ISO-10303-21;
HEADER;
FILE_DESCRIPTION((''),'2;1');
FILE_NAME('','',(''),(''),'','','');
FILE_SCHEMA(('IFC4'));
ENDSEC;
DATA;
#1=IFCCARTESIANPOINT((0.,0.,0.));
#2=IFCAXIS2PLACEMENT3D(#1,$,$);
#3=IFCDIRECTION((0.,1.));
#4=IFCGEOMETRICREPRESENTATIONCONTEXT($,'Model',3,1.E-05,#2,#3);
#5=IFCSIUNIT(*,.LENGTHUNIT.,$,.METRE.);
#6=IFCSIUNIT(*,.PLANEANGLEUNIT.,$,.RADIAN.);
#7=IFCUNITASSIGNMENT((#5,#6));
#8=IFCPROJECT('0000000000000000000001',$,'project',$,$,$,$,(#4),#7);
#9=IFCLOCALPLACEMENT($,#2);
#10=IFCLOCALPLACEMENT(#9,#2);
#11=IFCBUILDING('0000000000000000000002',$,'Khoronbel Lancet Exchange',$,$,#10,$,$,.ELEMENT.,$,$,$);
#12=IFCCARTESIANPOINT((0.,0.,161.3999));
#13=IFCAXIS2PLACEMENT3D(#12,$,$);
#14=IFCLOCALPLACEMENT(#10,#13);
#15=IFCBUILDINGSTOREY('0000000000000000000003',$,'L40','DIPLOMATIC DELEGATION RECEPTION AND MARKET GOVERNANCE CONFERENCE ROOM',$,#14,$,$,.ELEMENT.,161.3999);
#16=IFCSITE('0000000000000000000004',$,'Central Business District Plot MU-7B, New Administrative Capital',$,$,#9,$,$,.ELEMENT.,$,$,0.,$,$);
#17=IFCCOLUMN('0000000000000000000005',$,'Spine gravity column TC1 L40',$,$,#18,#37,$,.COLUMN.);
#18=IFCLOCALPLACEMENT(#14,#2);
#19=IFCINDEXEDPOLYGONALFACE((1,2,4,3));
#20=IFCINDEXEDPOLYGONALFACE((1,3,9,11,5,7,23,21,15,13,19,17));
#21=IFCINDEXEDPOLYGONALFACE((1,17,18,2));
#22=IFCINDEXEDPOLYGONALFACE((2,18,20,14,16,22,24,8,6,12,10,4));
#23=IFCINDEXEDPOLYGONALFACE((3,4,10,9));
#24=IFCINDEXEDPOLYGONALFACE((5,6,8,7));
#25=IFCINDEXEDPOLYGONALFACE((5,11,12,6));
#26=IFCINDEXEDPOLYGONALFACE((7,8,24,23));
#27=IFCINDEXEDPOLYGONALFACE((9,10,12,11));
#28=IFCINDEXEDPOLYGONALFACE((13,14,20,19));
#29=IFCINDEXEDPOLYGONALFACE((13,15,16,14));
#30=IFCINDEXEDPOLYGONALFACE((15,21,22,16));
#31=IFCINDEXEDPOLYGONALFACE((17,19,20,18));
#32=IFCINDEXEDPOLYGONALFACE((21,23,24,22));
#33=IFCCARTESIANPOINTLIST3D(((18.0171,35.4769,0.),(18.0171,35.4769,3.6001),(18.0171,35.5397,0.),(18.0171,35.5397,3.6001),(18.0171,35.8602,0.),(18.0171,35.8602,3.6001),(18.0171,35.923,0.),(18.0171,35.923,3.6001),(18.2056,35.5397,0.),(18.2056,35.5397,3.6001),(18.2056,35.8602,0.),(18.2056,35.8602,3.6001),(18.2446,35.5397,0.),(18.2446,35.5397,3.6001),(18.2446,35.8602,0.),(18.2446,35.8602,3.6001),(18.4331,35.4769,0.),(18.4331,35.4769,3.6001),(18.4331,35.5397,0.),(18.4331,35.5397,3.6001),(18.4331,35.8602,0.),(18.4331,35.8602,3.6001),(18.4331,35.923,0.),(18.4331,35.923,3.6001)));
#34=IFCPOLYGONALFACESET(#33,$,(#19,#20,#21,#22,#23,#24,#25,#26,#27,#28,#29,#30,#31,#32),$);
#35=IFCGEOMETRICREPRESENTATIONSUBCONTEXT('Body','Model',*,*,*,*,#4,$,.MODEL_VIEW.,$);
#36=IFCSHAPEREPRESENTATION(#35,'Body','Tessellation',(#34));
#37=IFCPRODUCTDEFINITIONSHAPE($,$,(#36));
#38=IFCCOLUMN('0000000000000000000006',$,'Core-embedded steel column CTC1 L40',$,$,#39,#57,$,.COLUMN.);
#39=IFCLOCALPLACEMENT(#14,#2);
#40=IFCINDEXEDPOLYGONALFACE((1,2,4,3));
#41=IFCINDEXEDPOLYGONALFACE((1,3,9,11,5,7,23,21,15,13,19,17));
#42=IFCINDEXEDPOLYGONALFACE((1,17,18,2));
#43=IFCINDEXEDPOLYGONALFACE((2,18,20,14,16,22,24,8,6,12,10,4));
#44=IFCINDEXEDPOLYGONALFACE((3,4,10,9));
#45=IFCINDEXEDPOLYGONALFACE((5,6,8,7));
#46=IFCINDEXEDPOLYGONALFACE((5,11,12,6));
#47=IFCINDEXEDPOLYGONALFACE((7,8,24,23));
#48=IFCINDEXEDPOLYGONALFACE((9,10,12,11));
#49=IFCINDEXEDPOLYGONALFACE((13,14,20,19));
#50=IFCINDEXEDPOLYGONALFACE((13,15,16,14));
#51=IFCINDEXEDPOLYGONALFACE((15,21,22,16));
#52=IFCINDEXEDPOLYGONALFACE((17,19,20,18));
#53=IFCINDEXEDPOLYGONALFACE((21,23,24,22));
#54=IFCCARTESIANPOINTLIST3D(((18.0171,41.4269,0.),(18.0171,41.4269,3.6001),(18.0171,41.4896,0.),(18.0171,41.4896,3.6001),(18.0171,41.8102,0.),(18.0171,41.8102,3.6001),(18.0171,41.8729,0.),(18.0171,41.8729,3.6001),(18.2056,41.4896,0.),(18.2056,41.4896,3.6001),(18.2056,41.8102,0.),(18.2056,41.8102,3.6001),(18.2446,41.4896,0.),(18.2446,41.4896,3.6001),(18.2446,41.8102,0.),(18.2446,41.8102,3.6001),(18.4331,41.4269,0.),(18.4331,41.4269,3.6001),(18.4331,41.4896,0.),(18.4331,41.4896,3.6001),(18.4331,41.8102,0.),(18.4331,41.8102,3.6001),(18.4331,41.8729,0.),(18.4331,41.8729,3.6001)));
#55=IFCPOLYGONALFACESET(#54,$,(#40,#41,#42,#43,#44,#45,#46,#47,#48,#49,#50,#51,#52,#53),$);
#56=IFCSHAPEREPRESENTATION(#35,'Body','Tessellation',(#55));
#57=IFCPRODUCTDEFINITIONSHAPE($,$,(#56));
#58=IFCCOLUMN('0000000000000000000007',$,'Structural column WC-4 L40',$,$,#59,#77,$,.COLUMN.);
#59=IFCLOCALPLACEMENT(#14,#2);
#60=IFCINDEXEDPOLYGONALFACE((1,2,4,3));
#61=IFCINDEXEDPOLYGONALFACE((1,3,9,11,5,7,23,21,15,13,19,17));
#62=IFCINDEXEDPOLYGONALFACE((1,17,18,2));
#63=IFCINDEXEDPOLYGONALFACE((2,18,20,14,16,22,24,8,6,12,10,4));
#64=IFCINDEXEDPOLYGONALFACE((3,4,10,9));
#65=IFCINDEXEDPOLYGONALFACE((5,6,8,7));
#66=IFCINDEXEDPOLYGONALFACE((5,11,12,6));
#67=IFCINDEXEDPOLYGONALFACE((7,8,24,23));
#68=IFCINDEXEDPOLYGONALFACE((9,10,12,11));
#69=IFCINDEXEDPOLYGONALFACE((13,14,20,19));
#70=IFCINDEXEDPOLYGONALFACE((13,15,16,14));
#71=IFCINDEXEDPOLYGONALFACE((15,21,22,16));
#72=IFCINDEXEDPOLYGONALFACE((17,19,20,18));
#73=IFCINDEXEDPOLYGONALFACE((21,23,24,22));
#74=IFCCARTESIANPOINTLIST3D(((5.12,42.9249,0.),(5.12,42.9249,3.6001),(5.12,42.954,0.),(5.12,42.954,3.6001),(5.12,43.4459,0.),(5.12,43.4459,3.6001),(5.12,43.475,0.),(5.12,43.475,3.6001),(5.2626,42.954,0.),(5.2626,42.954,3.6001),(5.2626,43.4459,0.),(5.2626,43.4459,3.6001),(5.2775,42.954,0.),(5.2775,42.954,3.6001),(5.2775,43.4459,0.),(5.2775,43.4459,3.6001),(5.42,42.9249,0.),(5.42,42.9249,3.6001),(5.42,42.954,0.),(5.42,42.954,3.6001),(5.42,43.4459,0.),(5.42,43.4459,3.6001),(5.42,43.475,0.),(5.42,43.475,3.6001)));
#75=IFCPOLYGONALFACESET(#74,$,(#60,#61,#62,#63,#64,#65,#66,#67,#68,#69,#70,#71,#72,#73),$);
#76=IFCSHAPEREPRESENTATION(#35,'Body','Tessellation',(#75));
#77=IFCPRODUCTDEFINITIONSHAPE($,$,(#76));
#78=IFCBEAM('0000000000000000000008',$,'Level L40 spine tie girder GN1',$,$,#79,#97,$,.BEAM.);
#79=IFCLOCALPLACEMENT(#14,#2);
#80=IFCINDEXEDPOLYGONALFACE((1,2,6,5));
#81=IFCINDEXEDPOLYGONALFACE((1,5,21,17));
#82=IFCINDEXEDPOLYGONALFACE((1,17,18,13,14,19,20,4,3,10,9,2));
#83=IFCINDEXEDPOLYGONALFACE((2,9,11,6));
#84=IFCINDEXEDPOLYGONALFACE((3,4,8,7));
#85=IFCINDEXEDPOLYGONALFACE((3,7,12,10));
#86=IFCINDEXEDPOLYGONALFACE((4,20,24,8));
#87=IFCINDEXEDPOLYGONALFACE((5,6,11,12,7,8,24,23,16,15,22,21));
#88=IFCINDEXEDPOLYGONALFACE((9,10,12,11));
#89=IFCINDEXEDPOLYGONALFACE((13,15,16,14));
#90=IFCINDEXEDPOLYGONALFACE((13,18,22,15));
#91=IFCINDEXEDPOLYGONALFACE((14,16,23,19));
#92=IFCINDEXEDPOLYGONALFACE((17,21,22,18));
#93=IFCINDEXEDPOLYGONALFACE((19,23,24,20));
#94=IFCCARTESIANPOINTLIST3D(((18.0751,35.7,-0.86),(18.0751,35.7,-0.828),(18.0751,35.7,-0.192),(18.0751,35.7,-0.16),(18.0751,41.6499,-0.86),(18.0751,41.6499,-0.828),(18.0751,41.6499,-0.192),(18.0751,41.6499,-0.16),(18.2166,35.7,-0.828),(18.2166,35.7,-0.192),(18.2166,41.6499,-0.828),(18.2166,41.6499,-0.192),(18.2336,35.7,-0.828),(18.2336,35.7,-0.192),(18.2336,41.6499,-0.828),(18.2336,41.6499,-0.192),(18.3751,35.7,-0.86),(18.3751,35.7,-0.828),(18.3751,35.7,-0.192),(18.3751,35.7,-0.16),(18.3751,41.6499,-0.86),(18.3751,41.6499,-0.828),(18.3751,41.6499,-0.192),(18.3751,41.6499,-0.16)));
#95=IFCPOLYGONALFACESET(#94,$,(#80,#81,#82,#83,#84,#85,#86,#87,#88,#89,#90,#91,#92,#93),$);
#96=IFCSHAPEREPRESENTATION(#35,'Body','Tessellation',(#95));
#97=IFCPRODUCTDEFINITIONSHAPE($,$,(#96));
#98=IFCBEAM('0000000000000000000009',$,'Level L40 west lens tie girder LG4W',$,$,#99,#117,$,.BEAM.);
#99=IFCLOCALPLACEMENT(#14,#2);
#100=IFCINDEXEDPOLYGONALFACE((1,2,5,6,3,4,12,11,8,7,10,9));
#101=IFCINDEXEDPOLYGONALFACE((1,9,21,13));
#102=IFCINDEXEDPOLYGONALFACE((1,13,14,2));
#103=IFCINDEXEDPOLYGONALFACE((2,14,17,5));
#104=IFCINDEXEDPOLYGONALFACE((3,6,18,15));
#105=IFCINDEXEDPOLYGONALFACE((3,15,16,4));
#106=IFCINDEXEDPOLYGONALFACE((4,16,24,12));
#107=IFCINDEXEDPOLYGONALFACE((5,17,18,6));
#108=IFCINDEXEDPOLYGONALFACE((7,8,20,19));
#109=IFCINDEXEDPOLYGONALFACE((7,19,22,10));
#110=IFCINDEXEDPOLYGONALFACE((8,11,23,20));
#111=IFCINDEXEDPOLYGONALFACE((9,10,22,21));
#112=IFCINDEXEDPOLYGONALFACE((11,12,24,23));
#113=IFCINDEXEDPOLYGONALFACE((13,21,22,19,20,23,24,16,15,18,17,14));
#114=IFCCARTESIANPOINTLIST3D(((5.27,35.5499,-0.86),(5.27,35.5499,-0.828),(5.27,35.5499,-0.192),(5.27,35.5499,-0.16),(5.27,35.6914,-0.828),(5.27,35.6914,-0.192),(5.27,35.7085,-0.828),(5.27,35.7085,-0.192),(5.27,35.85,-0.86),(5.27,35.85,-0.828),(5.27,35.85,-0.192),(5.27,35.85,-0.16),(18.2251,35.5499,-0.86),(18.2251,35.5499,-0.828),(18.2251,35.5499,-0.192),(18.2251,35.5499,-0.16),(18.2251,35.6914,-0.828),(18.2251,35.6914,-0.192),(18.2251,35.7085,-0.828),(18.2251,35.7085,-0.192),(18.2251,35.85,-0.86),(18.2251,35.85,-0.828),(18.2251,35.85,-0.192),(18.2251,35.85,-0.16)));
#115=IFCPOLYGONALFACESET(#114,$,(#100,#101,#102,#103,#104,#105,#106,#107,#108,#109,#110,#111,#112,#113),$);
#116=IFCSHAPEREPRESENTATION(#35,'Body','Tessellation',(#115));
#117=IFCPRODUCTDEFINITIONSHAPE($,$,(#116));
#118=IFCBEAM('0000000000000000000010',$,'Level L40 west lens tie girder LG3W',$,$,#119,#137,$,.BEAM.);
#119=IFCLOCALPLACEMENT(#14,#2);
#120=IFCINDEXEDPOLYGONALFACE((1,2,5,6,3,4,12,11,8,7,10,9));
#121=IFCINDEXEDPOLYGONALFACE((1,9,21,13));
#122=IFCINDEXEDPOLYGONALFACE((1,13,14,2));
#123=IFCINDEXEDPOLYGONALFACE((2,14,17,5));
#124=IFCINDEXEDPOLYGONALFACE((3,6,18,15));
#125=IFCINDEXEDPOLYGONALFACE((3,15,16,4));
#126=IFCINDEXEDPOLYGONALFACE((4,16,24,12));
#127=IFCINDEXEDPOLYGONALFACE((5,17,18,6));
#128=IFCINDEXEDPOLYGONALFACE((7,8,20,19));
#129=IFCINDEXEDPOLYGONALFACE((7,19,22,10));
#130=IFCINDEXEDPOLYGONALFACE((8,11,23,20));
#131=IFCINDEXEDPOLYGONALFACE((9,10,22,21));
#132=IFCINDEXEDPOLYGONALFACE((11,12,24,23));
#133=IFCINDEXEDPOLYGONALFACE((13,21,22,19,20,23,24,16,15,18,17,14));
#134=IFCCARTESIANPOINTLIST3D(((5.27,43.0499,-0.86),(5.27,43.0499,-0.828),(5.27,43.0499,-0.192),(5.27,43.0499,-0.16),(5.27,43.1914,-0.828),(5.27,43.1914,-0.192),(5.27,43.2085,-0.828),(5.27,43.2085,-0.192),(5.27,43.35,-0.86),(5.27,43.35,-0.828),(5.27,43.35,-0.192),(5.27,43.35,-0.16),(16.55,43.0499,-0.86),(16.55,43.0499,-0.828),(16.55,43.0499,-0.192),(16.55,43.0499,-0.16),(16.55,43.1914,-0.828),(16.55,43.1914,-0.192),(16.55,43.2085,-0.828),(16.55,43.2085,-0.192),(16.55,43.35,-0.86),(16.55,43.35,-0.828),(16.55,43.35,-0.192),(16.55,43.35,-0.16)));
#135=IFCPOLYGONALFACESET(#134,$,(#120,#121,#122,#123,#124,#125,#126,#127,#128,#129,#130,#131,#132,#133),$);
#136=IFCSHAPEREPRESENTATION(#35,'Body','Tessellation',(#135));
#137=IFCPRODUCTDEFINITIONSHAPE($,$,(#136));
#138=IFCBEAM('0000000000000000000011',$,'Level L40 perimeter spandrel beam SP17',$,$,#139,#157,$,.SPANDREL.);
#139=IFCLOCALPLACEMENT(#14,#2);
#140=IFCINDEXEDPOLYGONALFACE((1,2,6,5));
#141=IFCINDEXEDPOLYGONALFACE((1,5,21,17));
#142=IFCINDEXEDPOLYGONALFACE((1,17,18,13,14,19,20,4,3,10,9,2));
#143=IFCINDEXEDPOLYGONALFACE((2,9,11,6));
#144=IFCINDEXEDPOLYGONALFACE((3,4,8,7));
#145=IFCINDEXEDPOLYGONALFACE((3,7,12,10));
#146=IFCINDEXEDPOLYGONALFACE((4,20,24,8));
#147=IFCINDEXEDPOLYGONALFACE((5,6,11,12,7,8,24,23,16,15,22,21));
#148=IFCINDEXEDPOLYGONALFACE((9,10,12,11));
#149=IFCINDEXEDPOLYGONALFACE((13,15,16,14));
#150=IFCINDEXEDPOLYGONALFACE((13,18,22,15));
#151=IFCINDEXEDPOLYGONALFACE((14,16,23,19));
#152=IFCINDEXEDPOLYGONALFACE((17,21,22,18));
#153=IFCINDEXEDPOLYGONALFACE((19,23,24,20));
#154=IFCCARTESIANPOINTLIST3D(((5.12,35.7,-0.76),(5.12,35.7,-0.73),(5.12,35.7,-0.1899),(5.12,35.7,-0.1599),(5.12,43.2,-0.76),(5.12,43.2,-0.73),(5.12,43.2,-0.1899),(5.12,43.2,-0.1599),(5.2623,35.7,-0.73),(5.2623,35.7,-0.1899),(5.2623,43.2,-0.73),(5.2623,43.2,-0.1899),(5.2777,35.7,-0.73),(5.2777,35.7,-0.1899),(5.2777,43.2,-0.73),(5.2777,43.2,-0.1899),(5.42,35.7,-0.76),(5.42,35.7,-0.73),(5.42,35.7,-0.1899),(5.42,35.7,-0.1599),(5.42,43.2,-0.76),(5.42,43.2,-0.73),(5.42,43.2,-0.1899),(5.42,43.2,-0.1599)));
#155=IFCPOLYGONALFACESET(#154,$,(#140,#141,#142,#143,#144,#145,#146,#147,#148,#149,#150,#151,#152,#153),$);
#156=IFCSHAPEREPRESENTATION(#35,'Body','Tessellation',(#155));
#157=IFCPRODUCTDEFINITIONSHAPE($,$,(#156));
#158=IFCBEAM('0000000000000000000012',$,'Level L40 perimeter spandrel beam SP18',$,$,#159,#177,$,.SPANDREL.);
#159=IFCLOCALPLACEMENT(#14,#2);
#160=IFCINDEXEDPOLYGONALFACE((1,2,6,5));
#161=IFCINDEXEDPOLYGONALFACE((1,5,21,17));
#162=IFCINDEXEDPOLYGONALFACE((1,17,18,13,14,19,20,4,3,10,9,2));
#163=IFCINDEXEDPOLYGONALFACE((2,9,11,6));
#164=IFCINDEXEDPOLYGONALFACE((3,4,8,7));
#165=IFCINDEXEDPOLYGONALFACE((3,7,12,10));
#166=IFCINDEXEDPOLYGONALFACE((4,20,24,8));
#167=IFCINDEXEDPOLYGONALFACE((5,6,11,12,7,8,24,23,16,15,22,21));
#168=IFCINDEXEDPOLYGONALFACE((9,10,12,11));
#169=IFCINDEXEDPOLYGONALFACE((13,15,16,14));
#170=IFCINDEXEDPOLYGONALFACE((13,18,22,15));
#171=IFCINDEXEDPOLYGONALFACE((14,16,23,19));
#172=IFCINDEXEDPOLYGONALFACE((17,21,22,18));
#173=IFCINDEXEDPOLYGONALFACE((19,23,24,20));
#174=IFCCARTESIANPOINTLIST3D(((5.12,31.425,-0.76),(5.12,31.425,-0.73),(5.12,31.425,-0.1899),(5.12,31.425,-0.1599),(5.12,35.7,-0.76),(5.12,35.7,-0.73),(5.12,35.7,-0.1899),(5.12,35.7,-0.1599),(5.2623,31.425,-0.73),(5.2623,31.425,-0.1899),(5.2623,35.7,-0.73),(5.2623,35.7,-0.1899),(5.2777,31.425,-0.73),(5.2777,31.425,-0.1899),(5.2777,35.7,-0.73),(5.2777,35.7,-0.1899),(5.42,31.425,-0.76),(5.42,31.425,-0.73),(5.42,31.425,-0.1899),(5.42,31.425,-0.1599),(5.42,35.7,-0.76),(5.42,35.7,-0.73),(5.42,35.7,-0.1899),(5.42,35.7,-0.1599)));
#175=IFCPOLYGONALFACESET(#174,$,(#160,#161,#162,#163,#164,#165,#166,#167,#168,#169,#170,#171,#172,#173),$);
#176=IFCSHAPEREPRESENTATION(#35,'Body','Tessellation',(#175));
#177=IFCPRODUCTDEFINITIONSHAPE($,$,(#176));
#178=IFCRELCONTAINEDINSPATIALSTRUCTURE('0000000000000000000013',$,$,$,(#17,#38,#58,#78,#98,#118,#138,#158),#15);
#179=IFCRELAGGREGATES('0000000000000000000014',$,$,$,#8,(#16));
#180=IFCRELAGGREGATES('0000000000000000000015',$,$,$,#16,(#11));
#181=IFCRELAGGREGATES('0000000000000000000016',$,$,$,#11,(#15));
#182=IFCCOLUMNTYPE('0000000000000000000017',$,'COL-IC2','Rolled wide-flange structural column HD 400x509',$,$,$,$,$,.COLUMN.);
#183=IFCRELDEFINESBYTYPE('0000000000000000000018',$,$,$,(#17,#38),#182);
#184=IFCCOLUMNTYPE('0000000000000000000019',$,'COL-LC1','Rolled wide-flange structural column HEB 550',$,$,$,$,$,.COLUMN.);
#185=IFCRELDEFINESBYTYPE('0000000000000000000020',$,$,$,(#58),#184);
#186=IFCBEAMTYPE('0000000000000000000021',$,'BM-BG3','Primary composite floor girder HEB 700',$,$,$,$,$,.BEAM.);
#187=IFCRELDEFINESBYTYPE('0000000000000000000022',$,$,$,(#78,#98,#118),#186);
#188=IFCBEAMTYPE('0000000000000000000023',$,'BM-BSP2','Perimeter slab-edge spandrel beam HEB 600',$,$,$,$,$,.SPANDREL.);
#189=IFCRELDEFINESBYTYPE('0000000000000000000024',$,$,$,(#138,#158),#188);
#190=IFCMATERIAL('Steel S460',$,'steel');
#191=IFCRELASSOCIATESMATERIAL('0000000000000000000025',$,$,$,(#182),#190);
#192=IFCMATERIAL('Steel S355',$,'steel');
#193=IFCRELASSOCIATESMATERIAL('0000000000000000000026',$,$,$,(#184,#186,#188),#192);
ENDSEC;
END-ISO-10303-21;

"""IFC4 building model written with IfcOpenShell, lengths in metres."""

from ifc_helpers import new_model, si_unit, direction, frame, origin, origin_2d, place, context, subcontext, project, spatial, i_section, extrude, material, material_profile, profile_set, type_object, element, save


model = new_model("IFC4")

# Units and contexts
model_context = context("Model", 3, precision=1e-05, world=origin(), true_north=direction((0.0, 1.0)))
body_context = subcontext(model_context, "Body", "Model", "MODEL_VIEW")
ifc_project = project(units=[si_unit("LENGTHUNIT", "METRE"), si_unit("PLANEANGLEUNIT", "RADIAN")], contexts=[model_context])

# Site, building, storey
site_placement = place(None, origin())
site = spatial("IfcSite", under=ifc_project, at=site_placement, Name="Central Business District Plot MU-7B, New Administrative Capital", CompositionType="ELEMENT", RefElevation=0.0)
building_placement = place(site_placement, origin())
building = spatial("IfcBuilding", under=site, at=building_placement, Name="Khoronbel Lancet Exchange", CompositionType="ELEMENT")
storey_placement = place(building_placement, frame((0.0, 0.0, 161.3999)))
storey = spatial("IfcBuildingStorey", under=building, at=storey_placement, Name="L40", Description="DIPLOMATIC DELEGATION RECEPTION AND MARKET GOVERNANCE CONFERENCE ROOM", CompositionType="ELEMENT", Elevation=161.3999)

# Columns
ifc_material_1 = material(Name="Steel S460", Category="steel")
ifc_material_profile_1 = material_profile(ifc_material_1, i_section(OverallWidth=0.416, OverallDepth=0.446, WebThickness=0.0391, FlangeThickness=0.0627, at=origin_2d()), Name="HD 400x509")
ifc_profile_set_1 = profile_set([ifc_material_profile_1], Name="Steel S460")
column_type_1 = type_object("IfcColumnType", Name="COL-IC2", Description="Rolled wide-flange structural column HD 400x509", PredefinedType="COLUMN", material=ifc_profile_set_1)
for number, where, z_axis, x_axis, name in (
    (1, (18.2251, 35.7, 0.0), (0.0, 0.0, 1.0), (1.0, 0.0, 0.0), "Spine gravity column TC1 L40"),
    (2, (18.2251, 41.6499, 0.0), (0.0, 0.0, 1.0), (1.0, 0.0, 0.0), "Core-embedded steel column CTC1 L40"),
):
    element("IfcColumn", number, at=place(storey_placement, frame(where, z_axis=z_axis, x_axis=x_axis)), inside=storey, type_object=column_type_1, Name=name, PredefinedType="COLUMN", context=body_context, shape_type="SweptSolid", body=[
        extrude(i_section(OverallWidth=0.416, OverallDepth=0.446, WebThickness=0.0391, FlangeThickness=0.0627, at=origin_2d()), origin(), (0.0, 0.0, 1.0), 3.6001),
    ])
ifc_material_2 = material(Name="Steel S355", Category="steel")
ifc_material_profile_2 = material_profile(ifc_material_2, i_section(OverallWidth=0.3, OverallDepth=0.55, WebThickness=0.0149, FlangeThickness=0.0291, at=origin_2d()), Name="HEB 550")
ifc_profile_set_2 = profile_set([ifc_material_profile_2], Name="Steel S355")
column_type_2 = type_object("IfcColumnType", Name="COL-LC1", Description="Rolled wide-flange structural column HEB 550", PredefinedType="COLUMN", material=ifc_profile_set_2)
column_placement = place(storey_placement, frame((5.27, 43.2, 0.0), z_axis=(0.0, 0.0, 1.0), x_axis=(1.0, 0.0, 0.0)))
element("IfcColumn", 3, at=column_placement, inside=storey, type_object=column_type_2, Name="Structural column WC-4 L40", PredefinedType="COLUMN", context=body_context, shape_type="SweptSolid", body=[
    extrude(i_section(OverallWidth=0.3, OverallDepth=0.55, WebThickness=0.0149, FlangeThickness=0.0291, at=origin_2d()), origin(), (0.0, 0.0, 1.0), 3.6001),
])

# Beams
ifc_material_profile_3 = material_profile(ifc_material_2, i_section(OverallWidth=0.3, OverallDepth=0.7, WebThickness=0.0171, FlangeThickness=0.032, at=origin_2d()), Name="HEB 700")
ifc_profile_set_3 = profile_set([ifc_material_profile_3], Name="Steel S355")
beam_type_1 = type_object("IfcBeamType", Name="BM-BG3", Description="Primary composite floor girder HEB 700", PredefinedType="BEAM", material=ifc_profile_set_3)
beam_1_placement = place(storey_placement, frame((18.2251, 35.7, -0.51), z_axis=(0.0, 1.0, 0.0), x_axis=(-1.0, 0.0, 0.0)))
element("IfcBeam", 4, at=beam_1_placement, inside=storey, type_object=beam_type_1, Name="Level L40 spine tie girder GN1", PredefinedType="BEAM", context=body_context, shape_type="SweptSolid", body=[
    extrude(i_section(OverallWidth=0.3, OverallDepth=0.7, WebThickness=0.0171, FlangeThickness=0.032, at=origin_2d()), origin(), (0.0, 0.0, 1.0), 5.95),
])
beam_2_placement = place(storey_placement, frame((5.27, 35.7, -0.51), z_axis=(1.0, 0.0, 0.0), x_axis=(0.0, 1.0, 0.0)))
element("IfcBeam", 5, at=beam_2_placement, inside=storey, type_object=beam_type_1, Name="Level L40 west lens tie girder LG4W", PredefinedType="BEAM", context=body_context, shape_type="SweptSolid", body=[
    extrude(i_section(OverallWidth=0.3, OverallDepth=0.7, WebThickness=0.0171, FlangeThickness=0.032, at=origin_2d()), origin(), (0.0, 0.0, 1.0), 12.9551),
])
beam_3_placement = place(storey_placement, frame((5.27, 43.2, -0.51), z_axis=(1.0, 0.0, 0.0), x_axis=(0.0, 1.0, 0.0)))
element("IfcBeam", 6, at=beam_3_placement, inside=storey, type_object=beam_type_1, Name="Level L40 west lens tie girder LG3W", PredefinedType="BEAM", context=body_context, shape_type="SweptSolid", body=[
    extrude(i_section(OverallWidth=0.3, OverallDepth=0.7, WebThickness=0.0171, FlangeThickness=0.032, at=origin_2d()), origin(), (0.0, 0.0, 1.0), 11.28),
])
ifc_material_profile_4 = material_profile(ifc_material_2, i_section(OverallWidth=0.3, OverallDepth=0.6001, WebThickness=0.0154, FlangeThickness=0.03, at=origin_2d()), Name="HEB 600")
ifc_profile_set_4 = profile_set([ifc_material_profile_4], Name="Steel S355")
beam_type_2 = type_object("IfcBeamType", Name="BM-BSP2", Description="Perimeter slab-edge spandrel beam HEB 600", PredefinedType="SPANDREL", material=ifc_profile_set_4)
beam_4_placement = place(storey_placement, frame((5.27, 43.2, -0.46), z_axis=(0.0, -1.0, 0.0), x_axis=(1.0, 0.0, 0.0)))
element("IfcBeam", 7, at=beam_4_placement, inside=storey, type_object=beam_type_2, Name="Level L40 perimeter spandrel beam SP17", PredefinedType="SPANDREL", context=body_context, shape_type="SweptSolid", body=[
    extrude(i_section(OverallWidth=0.3, OverallDepth=0.6001, WebThickness=0.0154, FlangeThickness=0.03, at=origin_2d()), origin(), (0.0, 0.0, 1.0), 7.5),
])
beam_5_placement = place(storey_placement, frame((5.27, 35.7, -0.46), z_axis=(0.0, -1.0, 0.0), x_axis=(1.0, 0.0, 0.0)))
element("IfcBeam", 8, at=beam_5_placement, inside=storey, type_object=beam_type_2, Name="Level L40 perimeter spandrel beam SP18", PredefinedType="SPANDREL", context=body_context, shape_type="SweptSolid", body=[
    extrude(i_section(OverallWidth=0.3, OverallDepth=0.6001, WebThickness=0.0154, FlangeThickness=0.03, at=origin_2d()), origin(), (0.0, 0.0, 1.0), 4.2749),
])

save(model, "model.ifc")
